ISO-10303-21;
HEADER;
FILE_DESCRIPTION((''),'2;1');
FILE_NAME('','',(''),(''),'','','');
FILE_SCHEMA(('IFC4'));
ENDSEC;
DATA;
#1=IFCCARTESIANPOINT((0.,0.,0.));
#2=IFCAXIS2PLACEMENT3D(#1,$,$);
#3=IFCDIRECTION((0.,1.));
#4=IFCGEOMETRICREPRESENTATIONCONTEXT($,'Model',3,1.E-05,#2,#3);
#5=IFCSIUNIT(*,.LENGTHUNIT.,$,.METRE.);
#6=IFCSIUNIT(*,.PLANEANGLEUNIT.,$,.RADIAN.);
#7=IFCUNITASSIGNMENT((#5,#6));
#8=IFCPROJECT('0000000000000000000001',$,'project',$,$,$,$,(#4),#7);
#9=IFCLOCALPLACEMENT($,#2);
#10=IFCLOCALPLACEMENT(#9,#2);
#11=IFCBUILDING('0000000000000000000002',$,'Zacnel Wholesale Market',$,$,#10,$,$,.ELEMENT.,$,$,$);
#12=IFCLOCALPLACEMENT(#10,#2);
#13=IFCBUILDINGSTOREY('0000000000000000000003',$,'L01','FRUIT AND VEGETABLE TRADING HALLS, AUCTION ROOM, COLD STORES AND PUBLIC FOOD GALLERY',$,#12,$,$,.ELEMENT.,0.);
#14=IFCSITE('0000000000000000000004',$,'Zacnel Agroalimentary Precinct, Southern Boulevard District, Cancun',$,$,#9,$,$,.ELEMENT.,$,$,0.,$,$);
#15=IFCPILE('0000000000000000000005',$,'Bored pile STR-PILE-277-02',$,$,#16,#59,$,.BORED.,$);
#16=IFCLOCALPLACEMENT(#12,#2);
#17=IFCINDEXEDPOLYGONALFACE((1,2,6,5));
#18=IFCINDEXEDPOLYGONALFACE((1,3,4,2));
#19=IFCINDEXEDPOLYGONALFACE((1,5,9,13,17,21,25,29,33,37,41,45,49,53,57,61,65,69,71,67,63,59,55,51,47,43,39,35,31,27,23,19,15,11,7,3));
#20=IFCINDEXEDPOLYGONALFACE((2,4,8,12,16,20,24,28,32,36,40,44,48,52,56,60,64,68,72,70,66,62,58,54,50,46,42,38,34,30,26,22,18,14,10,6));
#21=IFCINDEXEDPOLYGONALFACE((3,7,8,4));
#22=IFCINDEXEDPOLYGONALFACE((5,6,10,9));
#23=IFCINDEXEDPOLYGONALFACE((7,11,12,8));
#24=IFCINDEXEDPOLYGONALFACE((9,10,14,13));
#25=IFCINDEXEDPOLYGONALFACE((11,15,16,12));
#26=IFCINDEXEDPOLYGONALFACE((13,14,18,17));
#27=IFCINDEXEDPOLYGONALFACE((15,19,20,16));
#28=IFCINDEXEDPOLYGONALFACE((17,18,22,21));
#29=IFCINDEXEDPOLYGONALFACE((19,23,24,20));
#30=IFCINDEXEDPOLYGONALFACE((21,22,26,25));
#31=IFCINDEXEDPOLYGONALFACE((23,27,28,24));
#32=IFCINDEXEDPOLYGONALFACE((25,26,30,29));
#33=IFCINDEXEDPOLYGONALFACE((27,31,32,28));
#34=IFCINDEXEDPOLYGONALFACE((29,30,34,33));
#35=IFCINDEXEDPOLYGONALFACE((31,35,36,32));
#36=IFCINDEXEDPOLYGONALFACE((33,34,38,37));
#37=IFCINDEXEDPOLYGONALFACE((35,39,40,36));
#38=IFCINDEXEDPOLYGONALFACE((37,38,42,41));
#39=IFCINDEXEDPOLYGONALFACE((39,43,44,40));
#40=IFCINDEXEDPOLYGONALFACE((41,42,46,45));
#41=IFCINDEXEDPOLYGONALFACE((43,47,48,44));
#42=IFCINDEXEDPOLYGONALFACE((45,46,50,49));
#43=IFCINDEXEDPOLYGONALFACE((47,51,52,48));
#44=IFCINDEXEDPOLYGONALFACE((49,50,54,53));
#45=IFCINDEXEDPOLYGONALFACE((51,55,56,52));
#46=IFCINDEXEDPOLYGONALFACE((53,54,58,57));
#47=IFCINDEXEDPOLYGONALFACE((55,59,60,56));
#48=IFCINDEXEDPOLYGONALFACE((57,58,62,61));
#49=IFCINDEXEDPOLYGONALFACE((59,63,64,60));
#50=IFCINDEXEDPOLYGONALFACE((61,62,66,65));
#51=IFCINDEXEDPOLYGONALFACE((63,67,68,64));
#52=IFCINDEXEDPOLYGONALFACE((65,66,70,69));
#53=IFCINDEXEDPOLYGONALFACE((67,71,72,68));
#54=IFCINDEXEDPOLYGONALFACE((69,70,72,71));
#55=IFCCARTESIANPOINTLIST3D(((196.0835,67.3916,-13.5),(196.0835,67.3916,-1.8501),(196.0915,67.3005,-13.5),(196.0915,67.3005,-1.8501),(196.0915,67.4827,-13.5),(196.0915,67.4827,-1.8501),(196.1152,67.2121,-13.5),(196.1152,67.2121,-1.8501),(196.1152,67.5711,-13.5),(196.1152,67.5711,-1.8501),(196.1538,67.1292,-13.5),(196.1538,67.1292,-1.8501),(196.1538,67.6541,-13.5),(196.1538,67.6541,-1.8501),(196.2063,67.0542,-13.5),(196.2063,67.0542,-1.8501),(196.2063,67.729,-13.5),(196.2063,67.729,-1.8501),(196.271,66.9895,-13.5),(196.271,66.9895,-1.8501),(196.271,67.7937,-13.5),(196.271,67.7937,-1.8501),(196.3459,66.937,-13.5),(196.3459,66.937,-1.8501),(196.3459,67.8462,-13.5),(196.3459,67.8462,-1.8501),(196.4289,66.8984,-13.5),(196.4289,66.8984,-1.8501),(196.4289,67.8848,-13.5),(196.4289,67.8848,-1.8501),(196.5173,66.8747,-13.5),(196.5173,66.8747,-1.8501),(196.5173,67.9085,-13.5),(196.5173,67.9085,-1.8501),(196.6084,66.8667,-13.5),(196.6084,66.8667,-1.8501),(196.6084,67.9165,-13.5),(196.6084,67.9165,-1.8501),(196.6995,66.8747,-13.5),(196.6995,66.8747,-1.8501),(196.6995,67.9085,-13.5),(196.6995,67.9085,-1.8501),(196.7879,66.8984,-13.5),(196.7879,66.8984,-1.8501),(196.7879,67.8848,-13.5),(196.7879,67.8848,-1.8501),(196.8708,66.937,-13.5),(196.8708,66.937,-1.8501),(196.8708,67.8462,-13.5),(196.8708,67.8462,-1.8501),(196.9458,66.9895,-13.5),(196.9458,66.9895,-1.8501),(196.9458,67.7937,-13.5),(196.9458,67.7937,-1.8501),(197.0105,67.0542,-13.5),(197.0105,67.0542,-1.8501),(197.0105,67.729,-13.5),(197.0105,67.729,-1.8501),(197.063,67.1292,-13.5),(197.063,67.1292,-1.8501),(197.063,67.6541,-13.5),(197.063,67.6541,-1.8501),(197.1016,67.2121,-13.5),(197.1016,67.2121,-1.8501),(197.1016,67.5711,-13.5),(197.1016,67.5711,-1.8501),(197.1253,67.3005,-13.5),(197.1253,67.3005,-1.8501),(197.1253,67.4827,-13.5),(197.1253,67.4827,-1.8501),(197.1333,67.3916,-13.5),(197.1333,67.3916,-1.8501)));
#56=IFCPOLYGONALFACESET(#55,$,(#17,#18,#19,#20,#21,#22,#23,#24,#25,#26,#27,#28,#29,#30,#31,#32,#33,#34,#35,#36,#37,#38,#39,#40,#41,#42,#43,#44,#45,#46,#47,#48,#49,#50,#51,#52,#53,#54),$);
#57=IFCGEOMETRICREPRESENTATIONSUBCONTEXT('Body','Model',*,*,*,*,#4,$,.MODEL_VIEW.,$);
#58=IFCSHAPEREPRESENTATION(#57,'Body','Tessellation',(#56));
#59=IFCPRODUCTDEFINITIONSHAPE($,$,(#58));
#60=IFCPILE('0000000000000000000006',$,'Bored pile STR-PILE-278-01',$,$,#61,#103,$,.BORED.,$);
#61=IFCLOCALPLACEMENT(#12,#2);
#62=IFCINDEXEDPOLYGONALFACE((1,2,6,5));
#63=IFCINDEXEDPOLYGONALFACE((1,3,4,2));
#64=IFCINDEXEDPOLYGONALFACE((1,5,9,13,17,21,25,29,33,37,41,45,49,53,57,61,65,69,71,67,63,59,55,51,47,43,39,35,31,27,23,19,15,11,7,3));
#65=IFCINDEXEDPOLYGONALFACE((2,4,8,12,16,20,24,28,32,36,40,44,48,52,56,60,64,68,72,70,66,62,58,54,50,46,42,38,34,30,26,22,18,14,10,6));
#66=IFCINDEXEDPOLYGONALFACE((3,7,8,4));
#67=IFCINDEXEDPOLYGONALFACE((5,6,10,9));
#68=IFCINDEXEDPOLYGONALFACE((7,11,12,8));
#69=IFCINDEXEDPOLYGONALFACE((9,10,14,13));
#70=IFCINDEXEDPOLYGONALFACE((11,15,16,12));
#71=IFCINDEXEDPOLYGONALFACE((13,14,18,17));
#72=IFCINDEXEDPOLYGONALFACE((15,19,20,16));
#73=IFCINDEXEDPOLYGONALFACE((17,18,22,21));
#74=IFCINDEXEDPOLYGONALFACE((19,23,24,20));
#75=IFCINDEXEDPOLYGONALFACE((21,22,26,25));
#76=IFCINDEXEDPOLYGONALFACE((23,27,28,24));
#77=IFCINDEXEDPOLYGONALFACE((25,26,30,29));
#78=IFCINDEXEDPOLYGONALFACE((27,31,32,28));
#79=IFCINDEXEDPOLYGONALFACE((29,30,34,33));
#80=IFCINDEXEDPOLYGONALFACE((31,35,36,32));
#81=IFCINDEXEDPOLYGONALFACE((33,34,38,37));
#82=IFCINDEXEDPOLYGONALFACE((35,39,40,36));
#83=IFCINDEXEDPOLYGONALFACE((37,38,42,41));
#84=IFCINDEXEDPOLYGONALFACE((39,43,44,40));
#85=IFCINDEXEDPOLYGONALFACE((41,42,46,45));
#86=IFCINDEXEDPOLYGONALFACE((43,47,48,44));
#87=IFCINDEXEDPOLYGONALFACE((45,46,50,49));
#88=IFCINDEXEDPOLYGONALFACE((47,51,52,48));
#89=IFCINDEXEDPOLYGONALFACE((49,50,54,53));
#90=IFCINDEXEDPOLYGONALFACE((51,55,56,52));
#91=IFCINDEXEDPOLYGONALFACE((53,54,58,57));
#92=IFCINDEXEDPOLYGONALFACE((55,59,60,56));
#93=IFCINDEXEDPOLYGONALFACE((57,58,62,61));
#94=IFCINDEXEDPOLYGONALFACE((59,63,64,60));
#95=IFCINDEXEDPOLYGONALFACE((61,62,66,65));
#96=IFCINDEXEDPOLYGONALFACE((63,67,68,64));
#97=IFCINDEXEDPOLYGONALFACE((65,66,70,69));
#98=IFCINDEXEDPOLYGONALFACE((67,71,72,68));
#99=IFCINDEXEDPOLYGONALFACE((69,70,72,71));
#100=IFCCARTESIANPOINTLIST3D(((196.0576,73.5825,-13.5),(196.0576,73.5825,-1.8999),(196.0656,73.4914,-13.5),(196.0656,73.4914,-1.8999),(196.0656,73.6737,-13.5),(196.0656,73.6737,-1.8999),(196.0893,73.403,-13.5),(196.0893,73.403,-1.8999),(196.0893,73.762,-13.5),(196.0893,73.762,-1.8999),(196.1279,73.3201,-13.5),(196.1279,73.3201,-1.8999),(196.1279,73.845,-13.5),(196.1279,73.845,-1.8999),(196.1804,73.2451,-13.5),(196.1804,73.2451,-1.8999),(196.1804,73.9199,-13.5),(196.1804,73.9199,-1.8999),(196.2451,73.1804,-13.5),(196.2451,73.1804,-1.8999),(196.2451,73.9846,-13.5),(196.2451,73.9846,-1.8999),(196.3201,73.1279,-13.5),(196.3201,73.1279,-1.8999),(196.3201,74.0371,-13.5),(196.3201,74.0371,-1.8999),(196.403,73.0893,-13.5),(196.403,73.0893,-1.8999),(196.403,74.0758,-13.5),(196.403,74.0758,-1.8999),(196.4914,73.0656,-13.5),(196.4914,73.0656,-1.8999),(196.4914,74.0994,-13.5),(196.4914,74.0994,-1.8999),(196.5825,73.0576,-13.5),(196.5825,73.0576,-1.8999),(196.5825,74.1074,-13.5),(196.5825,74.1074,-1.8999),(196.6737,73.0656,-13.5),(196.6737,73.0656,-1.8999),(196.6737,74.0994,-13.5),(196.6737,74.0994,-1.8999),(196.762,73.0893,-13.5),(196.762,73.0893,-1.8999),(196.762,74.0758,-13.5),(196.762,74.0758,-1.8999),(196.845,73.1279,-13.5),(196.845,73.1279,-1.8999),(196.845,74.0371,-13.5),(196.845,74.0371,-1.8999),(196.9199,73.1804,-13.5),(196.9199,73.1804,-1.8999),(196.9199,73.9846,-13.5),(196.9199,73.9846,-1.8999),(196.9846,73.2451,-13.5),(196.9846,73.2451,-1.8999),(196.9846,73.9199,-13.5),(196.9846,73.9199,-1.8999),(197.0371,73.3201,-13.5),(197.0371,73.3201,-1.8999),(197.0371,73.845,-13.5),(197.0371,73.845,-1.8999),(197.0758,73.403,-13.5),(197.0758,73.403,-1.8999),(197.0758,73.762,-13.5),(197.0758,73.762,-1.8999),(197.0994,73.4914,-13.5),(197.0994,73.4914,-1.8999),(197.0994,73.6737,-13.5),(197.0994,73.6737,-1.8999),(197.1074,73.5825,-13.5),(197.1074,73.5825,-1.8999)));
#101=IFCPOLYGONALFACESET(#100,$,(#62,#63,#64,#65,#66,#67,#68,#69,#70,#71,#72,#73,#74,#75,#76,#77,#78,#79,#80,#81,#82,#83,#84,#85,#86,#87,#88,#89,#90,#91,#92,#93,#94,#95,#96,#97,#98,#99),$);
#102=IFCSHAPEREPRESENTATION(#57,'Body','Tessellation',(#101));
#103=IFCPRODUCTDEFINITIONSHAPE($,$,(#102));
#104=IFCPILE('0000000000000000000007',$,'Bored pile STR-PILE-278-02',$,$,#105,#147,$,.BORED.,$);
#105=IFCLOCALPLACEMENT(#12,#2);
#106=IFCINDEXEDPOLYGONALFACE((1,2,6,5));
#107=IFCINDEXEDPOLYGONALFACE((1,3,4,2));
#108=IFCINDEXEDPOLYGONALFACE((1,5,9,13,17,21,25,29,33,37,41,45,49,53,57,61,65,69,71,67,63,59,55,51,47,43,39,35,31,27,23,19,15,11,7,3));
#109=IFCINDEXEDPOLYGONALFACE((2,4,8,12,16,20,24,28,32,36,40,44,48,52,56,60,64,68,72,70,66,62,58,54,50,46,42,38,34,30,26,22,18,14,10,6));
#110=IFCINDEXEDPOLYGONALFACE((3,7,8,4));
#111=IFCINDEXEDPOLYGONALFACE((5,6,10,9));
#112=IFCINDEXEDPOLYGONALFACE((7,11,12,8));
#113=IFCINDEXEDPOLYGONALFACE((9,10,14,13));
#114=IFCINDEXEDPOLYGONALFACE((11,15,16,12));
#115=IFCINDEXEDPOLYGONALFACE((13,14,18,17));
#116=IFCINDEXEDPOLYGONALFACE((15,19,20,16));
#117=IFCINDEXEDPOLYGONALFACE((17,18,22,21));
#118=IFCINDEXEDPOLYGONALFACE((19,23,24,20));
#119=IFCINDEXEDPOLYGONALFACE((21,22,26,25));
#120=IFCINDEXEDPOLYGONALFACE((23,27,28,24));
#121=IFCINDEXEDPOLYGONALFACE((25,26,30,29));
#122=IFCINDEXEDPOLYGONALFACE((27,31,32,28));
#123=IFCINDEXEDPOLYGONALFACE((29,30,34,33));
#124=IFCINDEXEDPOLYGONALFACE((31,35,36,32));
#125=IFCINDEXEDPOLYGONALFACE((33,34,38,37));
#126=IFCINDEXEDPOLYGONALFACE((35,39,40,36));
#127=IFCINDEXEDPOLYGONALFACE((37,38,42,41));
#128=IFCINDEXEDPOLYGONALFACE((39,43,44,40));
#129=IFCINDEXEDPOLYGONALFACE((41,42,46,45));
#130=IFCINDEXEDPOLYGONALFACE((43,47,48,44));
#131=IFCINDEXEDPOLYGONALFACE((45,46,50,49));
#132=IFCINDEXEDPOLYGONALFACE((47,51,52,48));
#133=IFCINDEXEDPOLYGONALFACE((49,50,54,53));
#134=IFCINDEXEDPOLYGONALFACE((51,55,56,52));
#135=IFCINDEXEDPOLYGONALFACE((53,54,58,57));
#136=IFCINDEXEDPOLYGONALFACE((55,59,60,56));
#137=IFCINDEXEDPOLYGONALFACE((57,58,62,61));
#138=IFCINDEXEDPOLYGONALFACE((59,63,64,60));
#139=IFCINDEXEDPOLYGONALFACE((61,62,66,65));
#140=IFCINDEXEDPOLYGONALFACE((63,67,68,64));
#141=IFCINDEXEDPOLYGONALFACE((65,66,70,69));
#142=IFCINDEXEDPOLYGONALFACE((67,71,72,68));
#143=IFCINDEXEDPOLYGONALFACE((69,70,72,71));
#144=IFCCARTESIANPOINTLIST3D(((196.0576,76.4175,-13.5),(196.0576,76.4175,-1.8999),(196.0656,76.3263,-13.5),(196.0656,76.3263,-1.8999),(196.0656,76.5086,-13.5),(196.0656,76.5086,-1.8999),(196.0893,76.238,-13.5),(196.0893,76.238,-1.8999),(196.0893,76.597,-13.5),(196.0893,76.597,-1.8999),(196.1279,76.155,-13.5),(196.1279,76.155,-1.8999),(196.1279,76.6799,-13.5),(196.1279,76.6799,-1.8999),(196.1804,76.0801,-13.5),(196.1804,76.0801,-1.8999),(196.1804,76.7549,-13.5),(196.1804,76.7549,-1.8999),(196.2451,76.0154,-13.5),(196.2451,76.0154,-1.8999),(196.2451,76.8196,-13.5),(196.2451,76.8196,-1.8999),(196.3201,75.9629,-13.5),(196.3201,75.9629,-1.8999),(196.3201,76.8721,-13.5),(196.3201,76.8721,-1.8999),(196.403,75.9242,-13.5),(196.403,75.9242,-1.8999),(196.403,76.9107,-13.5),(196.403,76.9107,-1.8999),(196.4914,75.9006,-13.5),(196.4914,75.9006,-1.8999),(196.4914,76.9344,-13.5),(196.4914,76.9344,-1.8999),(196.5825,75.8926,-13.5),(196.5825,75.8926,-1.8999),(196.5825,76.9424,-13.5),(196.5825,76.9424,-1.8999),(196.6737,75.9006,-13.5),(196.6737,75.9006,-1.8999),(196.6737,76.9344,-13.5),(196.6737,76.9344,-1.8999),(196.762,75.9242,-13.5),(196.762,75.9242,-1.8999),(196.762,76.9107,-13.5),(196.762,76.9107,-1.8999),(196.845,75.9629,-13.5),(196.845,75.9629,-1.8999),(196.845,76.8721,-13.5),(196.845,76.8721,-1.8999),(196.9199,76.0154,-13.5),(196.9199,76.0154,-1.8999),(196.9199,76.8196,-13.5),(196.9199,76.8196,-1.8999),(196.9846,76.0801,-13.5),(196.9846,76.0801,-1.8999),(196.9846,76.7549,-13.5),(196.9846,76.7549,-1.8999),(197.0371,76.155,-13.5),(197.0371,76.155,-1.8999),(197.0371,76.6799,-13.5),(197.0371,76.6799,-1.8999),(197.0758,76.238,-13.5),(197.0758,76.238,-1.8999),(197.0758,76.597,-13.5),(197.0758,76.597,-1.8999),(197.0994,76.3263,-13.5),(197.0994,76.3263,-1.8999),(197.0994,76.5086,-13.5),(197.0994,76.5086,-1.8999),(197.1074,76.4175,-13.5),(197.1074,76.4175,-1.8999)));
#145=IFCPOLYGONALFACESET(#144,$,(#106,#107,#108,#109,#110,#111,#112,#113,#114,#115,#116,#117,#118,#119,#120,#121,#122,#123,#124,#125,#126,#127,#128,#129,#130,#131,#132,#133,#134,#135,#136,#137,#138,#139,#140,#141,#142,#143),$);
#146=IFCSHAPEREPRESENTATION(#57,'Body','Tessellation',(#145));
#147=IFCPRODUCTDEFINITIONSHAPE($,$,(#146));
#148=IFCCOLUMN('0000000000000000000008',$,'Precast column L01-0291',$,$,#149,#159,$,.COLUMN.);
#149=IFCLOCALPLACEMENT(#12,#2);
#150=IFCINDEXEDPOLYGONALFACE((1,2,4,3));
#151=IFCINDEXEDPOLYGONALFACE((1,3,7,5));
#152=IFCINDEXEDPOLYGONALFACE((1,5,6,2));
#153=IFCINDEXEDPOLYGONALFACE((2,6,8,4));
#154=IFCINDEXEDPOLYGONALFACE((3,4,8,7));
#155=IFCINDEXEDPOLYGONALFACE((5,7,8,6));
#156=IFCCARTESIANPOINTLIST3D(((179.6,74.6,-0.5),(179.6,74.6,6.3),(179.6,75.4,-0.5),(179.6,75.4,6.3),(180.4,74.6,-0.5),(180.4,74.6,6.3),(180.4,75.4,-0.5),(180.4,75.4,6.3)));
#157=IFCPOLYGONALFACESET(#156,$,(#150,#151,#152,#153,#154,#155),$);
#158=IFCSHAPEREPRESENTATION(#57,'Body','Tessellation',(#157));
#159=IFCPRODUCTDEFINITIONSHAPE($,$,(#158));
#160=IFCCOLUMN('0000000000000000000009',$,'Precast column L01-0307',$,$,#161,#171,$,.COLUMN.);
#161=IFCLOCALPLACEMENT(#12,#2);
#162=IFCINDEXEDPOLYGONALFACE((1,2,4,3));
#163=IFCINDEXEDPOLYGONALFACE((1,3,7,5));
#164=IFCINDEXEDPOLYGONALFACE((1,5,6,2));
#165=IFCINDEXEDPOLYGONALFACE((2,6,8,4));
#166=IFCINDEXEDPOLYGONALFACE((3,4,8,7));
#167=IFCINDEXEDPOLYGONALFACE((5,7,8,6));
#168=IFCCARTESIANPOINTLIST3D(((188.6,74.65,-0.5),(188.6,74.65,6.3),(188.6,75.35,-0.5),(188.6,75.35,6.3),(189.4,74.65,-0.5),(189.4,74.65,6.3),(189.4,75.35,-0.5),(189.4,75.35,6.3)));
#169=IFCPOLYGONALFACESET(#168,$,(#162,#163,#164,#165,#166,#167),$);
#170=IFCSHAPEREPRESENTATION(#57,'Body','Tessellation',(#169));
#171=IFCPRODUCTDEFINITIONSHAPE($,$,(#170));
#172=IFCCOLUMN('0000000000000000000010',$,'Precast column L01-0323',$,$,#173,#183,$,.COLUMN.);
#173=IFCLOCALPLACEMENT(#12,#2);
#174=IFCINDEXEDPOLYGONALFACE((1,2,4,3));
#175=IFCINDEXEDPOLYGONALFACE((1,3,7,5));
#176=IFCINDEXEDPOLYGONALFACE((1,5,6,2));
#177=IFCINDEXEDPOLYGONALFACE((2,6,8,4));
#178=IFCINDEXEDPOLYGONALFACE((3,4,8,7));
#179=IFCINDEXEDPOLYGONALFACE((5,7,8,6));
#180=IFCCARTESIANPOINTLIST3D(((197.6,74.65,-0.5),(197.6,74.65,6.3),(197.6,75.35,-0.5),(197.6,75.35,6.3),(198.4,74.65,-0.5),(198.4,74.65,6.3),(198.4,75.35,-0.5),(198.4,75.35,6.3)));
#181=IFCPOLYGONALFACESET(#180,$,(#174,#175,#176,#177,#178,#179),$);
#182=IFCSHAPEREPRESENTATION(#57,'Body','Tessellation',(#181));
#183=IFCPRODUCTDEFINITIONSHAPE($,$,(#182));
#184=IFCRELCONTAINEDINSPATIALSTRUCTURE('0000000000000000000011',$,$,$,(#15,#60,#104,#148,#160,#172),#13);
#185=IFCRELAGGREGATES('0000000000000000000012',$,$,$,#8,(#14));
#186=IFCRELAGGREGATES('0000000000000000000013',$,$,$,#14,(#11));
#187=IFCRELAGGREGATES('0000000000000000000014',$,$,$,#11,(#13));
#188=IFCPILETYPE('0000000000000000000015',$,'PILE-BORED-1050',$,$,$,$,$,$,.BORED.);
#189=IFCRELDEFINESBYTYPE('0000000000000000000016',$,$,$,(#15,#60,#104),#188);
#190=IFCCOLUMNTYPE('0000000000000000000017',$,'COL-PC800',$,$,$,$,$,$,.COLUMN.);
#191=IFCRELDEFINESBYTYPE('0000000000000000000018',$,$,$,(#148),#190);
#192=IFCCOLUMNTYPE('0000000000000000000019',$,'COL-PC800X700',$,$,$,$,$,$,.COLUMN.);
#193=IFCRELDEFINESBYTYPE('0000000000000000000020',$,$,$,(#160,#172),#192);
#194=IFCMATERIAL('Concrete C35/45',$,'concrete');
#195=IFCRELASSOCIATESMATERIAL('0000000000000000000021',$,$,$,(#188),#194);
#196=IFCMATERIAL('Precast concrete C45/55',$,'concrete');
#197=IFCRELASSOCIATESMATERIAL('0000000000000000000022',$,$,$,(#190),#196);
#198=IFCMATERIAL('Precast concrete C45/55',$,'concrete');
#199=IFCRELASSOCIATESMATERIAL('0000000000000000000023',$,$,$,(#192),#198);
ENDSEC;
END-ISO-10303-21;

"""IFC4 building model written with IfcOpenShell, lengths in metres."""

from ifc_helpers import new_model, si_unit, direction, frame, origin, origin_2d, place, context, subcontext, project, spatial, rectangle, circle, extrude, material, material_profile, profile_set, type_object, element, save


model = new_model("IFC4")

# Units and contexts
model_context = context("Model", 3, precision=1e-05, world=origin(), true_north=direction((0.0, 1.0)))
body_context = subcontext(model_context, "Body", "Model", "MODEL_VIEW")
ifc_project = project(units=[si_unit("LENGTHUNIT", "METRE"), si_unit("PLANEANGLEUNIT", "RADIAN")], contexts=[model_context])

# Site, building, storey
site_placement = place(None, origin())
site = spatial("IfcSite", under=ifc_project, at=site_placement, Name="Zacnel Agroalimentary Precinct, Southern Boulevard District, Cancun", CompositionType="ELEMENT", RefElevation=0.0)
building_placement = place(site_placement, origin())
building = spatial("IfcBuilding", under=site, at=building_placement, Name="Zacnel Wholesale Market", CompositionType="ELEMENT")
storey_placement = place(building_placement, origin())
storey = spatial("IfcBuildingStorey", under=building, at=storey_placement, Name="L01", Description="FRUIT AND VEGETABLE TRADING HALLS, AUCTION ROOM, COLD STORES AND PUBLIC FOOD GALLERY", CompositionType="ELEMENT", Elevation=0.0)

# Piles
ifc_material_1 = material(Name="Concrete C35/45", Category="concrete")
ifc_material_profile_1 = material_profile(ifc_material_1, circle(Radius=0.5249, at=origin_2d()), Name="BORED PILE D1050")
ifc_profile_set_1 = profile_set([ifc_material_profile_1], Name="Concrete C35/45")
pile_type = type_object("IfcPileType", Name="PILE-BORED-1050", PredefinedType="BORED", material=ifc_profile_set_1)
for number, where, z_axis, x_axis, name in (
    (1, (196.6084, 67.3916, -1.8501), (0.0, 0.0, -1.0), (1.0, 0.0, 0.0), "Bored pile STR-PILE-277-02"),
):
    element("IfcPile", number, at=place(storey_placement, frame(where, z_axis=z_axis, x_axis=x_axis)), inside=storey, type_object=pile_type, Name=name, PredefinedType="BORED", context=body_context, shape_type="SweptSolid", body=[
        extrude(circle(Radius=0.5249, at=origin_2d()), origin(), (0.0, 0.0, 1.0), 11.6499),
    ])
for number, where, z_axis, x_axis, name in (
    (2, (196.5825, 73.5825, -1.8999), (0.0, 0.0, -1.0), (1.0, 0.0, 0.0), "Bored pile STR-PILE-278-01"),
    (3, (196.5825, 76.4175, -1.8999), (0.0, 0.0, -1.0), (1.0, 0.0, 0.0), "Bored pile STR-PILE-278-02"),
):
    element("IfcPile", number, at=place(storey_placement, frame(where, z_axis=z_axis, x_axis=x_axis)), inside=storey, type_object=pile_type, Name=name, PredefinedType="BORED", context=body_context, shape_type="SweptSolid", body=[
        extrude(circle(Radius=0.5249, at=origin_2d()), origin(), (0.0, 0.0, 1.0), 11.6001),
    ])

# Columns
ifc_material_2 = material(Name="Precast concrete C45/55", Category="concrete")
ifc_material_profile_2 = material_profile(ifc_material_2, rectangle(XDim=0.8, YDim=0.8, at=origin_2d()), Name="PC 800x800")
ifc_profile_set_2 = profile_set([ifc_material_profile_2], Name="Precast concrete C45/55")
column_type_1 = type_object("IfcColumnType", Name="COL-PC800", PredefinedType="COLUMN", material=ifc_profile_set_2)
column_placement = place(storey_placement, frame((180.0, 75.0, -0.5), z_axis=(0.0, 0.0, 1.0), x_axis=(1.0, 0.0, 0.0)))
element("IfcColumn", 4, at=column_placement, inside=storey, type_object=column_type_1, Name="Precast column L01-0291", PredefinedType="COLUMN", context=body_context, shape_type="SweptSolid", body=[
    extrude(rectangle(XDim=0.8, YDim=0.8, at=origin_2d()), origin(), (0.0, 0.0, 1.0), 6.8),
])
ifc_material_3 = material(Name="Precast concrete C45/55", Category="concrete")
ifc_material_profile_3 = material_profile(ifc_material_3, rectangle(XDim=0.8, YDim=0.7, at=origin_2d()), Name="PC 800x700")
ifc_profile_set_3 = profile_set([ifc_material_profile_3], Name="Precast concrete C45/55")
column_type_2 = type_object("IfcColumnType", Name="COL-PC800X700", PredefinedType="COLUMN", material=ifc_profile_set_3)
for number, where, z_axis, x_axis, name in (
    (5, (189.0, 75.0, -0.5), (0.0, 0.0, 1.0), (1.0, 0.0, 0.0), "Precast column L01-0307"),
    (6, (198.0, 75.0, -0.5), (0.0, 0.0, 1.0), (1.0, 0.0, 0.0), "Precast column L01-0323"),
):
    element("IfcColumn", number, at=place(storey_placement, frame(where, z_axis=z_axis, x_axis=x_axis)), inside=storey, type_object=column_type_2, Name=name, PredefinedType="COLUMN", context=body_context, shape_type="SweptSolid", body=[
        extrude(rectangle(XDim=0.8, YDim=0.7, at=origin_2d()), origin(), (0.0, 0.0, 1.0), 6.8),
    ])

save(model, "model.ifc")
